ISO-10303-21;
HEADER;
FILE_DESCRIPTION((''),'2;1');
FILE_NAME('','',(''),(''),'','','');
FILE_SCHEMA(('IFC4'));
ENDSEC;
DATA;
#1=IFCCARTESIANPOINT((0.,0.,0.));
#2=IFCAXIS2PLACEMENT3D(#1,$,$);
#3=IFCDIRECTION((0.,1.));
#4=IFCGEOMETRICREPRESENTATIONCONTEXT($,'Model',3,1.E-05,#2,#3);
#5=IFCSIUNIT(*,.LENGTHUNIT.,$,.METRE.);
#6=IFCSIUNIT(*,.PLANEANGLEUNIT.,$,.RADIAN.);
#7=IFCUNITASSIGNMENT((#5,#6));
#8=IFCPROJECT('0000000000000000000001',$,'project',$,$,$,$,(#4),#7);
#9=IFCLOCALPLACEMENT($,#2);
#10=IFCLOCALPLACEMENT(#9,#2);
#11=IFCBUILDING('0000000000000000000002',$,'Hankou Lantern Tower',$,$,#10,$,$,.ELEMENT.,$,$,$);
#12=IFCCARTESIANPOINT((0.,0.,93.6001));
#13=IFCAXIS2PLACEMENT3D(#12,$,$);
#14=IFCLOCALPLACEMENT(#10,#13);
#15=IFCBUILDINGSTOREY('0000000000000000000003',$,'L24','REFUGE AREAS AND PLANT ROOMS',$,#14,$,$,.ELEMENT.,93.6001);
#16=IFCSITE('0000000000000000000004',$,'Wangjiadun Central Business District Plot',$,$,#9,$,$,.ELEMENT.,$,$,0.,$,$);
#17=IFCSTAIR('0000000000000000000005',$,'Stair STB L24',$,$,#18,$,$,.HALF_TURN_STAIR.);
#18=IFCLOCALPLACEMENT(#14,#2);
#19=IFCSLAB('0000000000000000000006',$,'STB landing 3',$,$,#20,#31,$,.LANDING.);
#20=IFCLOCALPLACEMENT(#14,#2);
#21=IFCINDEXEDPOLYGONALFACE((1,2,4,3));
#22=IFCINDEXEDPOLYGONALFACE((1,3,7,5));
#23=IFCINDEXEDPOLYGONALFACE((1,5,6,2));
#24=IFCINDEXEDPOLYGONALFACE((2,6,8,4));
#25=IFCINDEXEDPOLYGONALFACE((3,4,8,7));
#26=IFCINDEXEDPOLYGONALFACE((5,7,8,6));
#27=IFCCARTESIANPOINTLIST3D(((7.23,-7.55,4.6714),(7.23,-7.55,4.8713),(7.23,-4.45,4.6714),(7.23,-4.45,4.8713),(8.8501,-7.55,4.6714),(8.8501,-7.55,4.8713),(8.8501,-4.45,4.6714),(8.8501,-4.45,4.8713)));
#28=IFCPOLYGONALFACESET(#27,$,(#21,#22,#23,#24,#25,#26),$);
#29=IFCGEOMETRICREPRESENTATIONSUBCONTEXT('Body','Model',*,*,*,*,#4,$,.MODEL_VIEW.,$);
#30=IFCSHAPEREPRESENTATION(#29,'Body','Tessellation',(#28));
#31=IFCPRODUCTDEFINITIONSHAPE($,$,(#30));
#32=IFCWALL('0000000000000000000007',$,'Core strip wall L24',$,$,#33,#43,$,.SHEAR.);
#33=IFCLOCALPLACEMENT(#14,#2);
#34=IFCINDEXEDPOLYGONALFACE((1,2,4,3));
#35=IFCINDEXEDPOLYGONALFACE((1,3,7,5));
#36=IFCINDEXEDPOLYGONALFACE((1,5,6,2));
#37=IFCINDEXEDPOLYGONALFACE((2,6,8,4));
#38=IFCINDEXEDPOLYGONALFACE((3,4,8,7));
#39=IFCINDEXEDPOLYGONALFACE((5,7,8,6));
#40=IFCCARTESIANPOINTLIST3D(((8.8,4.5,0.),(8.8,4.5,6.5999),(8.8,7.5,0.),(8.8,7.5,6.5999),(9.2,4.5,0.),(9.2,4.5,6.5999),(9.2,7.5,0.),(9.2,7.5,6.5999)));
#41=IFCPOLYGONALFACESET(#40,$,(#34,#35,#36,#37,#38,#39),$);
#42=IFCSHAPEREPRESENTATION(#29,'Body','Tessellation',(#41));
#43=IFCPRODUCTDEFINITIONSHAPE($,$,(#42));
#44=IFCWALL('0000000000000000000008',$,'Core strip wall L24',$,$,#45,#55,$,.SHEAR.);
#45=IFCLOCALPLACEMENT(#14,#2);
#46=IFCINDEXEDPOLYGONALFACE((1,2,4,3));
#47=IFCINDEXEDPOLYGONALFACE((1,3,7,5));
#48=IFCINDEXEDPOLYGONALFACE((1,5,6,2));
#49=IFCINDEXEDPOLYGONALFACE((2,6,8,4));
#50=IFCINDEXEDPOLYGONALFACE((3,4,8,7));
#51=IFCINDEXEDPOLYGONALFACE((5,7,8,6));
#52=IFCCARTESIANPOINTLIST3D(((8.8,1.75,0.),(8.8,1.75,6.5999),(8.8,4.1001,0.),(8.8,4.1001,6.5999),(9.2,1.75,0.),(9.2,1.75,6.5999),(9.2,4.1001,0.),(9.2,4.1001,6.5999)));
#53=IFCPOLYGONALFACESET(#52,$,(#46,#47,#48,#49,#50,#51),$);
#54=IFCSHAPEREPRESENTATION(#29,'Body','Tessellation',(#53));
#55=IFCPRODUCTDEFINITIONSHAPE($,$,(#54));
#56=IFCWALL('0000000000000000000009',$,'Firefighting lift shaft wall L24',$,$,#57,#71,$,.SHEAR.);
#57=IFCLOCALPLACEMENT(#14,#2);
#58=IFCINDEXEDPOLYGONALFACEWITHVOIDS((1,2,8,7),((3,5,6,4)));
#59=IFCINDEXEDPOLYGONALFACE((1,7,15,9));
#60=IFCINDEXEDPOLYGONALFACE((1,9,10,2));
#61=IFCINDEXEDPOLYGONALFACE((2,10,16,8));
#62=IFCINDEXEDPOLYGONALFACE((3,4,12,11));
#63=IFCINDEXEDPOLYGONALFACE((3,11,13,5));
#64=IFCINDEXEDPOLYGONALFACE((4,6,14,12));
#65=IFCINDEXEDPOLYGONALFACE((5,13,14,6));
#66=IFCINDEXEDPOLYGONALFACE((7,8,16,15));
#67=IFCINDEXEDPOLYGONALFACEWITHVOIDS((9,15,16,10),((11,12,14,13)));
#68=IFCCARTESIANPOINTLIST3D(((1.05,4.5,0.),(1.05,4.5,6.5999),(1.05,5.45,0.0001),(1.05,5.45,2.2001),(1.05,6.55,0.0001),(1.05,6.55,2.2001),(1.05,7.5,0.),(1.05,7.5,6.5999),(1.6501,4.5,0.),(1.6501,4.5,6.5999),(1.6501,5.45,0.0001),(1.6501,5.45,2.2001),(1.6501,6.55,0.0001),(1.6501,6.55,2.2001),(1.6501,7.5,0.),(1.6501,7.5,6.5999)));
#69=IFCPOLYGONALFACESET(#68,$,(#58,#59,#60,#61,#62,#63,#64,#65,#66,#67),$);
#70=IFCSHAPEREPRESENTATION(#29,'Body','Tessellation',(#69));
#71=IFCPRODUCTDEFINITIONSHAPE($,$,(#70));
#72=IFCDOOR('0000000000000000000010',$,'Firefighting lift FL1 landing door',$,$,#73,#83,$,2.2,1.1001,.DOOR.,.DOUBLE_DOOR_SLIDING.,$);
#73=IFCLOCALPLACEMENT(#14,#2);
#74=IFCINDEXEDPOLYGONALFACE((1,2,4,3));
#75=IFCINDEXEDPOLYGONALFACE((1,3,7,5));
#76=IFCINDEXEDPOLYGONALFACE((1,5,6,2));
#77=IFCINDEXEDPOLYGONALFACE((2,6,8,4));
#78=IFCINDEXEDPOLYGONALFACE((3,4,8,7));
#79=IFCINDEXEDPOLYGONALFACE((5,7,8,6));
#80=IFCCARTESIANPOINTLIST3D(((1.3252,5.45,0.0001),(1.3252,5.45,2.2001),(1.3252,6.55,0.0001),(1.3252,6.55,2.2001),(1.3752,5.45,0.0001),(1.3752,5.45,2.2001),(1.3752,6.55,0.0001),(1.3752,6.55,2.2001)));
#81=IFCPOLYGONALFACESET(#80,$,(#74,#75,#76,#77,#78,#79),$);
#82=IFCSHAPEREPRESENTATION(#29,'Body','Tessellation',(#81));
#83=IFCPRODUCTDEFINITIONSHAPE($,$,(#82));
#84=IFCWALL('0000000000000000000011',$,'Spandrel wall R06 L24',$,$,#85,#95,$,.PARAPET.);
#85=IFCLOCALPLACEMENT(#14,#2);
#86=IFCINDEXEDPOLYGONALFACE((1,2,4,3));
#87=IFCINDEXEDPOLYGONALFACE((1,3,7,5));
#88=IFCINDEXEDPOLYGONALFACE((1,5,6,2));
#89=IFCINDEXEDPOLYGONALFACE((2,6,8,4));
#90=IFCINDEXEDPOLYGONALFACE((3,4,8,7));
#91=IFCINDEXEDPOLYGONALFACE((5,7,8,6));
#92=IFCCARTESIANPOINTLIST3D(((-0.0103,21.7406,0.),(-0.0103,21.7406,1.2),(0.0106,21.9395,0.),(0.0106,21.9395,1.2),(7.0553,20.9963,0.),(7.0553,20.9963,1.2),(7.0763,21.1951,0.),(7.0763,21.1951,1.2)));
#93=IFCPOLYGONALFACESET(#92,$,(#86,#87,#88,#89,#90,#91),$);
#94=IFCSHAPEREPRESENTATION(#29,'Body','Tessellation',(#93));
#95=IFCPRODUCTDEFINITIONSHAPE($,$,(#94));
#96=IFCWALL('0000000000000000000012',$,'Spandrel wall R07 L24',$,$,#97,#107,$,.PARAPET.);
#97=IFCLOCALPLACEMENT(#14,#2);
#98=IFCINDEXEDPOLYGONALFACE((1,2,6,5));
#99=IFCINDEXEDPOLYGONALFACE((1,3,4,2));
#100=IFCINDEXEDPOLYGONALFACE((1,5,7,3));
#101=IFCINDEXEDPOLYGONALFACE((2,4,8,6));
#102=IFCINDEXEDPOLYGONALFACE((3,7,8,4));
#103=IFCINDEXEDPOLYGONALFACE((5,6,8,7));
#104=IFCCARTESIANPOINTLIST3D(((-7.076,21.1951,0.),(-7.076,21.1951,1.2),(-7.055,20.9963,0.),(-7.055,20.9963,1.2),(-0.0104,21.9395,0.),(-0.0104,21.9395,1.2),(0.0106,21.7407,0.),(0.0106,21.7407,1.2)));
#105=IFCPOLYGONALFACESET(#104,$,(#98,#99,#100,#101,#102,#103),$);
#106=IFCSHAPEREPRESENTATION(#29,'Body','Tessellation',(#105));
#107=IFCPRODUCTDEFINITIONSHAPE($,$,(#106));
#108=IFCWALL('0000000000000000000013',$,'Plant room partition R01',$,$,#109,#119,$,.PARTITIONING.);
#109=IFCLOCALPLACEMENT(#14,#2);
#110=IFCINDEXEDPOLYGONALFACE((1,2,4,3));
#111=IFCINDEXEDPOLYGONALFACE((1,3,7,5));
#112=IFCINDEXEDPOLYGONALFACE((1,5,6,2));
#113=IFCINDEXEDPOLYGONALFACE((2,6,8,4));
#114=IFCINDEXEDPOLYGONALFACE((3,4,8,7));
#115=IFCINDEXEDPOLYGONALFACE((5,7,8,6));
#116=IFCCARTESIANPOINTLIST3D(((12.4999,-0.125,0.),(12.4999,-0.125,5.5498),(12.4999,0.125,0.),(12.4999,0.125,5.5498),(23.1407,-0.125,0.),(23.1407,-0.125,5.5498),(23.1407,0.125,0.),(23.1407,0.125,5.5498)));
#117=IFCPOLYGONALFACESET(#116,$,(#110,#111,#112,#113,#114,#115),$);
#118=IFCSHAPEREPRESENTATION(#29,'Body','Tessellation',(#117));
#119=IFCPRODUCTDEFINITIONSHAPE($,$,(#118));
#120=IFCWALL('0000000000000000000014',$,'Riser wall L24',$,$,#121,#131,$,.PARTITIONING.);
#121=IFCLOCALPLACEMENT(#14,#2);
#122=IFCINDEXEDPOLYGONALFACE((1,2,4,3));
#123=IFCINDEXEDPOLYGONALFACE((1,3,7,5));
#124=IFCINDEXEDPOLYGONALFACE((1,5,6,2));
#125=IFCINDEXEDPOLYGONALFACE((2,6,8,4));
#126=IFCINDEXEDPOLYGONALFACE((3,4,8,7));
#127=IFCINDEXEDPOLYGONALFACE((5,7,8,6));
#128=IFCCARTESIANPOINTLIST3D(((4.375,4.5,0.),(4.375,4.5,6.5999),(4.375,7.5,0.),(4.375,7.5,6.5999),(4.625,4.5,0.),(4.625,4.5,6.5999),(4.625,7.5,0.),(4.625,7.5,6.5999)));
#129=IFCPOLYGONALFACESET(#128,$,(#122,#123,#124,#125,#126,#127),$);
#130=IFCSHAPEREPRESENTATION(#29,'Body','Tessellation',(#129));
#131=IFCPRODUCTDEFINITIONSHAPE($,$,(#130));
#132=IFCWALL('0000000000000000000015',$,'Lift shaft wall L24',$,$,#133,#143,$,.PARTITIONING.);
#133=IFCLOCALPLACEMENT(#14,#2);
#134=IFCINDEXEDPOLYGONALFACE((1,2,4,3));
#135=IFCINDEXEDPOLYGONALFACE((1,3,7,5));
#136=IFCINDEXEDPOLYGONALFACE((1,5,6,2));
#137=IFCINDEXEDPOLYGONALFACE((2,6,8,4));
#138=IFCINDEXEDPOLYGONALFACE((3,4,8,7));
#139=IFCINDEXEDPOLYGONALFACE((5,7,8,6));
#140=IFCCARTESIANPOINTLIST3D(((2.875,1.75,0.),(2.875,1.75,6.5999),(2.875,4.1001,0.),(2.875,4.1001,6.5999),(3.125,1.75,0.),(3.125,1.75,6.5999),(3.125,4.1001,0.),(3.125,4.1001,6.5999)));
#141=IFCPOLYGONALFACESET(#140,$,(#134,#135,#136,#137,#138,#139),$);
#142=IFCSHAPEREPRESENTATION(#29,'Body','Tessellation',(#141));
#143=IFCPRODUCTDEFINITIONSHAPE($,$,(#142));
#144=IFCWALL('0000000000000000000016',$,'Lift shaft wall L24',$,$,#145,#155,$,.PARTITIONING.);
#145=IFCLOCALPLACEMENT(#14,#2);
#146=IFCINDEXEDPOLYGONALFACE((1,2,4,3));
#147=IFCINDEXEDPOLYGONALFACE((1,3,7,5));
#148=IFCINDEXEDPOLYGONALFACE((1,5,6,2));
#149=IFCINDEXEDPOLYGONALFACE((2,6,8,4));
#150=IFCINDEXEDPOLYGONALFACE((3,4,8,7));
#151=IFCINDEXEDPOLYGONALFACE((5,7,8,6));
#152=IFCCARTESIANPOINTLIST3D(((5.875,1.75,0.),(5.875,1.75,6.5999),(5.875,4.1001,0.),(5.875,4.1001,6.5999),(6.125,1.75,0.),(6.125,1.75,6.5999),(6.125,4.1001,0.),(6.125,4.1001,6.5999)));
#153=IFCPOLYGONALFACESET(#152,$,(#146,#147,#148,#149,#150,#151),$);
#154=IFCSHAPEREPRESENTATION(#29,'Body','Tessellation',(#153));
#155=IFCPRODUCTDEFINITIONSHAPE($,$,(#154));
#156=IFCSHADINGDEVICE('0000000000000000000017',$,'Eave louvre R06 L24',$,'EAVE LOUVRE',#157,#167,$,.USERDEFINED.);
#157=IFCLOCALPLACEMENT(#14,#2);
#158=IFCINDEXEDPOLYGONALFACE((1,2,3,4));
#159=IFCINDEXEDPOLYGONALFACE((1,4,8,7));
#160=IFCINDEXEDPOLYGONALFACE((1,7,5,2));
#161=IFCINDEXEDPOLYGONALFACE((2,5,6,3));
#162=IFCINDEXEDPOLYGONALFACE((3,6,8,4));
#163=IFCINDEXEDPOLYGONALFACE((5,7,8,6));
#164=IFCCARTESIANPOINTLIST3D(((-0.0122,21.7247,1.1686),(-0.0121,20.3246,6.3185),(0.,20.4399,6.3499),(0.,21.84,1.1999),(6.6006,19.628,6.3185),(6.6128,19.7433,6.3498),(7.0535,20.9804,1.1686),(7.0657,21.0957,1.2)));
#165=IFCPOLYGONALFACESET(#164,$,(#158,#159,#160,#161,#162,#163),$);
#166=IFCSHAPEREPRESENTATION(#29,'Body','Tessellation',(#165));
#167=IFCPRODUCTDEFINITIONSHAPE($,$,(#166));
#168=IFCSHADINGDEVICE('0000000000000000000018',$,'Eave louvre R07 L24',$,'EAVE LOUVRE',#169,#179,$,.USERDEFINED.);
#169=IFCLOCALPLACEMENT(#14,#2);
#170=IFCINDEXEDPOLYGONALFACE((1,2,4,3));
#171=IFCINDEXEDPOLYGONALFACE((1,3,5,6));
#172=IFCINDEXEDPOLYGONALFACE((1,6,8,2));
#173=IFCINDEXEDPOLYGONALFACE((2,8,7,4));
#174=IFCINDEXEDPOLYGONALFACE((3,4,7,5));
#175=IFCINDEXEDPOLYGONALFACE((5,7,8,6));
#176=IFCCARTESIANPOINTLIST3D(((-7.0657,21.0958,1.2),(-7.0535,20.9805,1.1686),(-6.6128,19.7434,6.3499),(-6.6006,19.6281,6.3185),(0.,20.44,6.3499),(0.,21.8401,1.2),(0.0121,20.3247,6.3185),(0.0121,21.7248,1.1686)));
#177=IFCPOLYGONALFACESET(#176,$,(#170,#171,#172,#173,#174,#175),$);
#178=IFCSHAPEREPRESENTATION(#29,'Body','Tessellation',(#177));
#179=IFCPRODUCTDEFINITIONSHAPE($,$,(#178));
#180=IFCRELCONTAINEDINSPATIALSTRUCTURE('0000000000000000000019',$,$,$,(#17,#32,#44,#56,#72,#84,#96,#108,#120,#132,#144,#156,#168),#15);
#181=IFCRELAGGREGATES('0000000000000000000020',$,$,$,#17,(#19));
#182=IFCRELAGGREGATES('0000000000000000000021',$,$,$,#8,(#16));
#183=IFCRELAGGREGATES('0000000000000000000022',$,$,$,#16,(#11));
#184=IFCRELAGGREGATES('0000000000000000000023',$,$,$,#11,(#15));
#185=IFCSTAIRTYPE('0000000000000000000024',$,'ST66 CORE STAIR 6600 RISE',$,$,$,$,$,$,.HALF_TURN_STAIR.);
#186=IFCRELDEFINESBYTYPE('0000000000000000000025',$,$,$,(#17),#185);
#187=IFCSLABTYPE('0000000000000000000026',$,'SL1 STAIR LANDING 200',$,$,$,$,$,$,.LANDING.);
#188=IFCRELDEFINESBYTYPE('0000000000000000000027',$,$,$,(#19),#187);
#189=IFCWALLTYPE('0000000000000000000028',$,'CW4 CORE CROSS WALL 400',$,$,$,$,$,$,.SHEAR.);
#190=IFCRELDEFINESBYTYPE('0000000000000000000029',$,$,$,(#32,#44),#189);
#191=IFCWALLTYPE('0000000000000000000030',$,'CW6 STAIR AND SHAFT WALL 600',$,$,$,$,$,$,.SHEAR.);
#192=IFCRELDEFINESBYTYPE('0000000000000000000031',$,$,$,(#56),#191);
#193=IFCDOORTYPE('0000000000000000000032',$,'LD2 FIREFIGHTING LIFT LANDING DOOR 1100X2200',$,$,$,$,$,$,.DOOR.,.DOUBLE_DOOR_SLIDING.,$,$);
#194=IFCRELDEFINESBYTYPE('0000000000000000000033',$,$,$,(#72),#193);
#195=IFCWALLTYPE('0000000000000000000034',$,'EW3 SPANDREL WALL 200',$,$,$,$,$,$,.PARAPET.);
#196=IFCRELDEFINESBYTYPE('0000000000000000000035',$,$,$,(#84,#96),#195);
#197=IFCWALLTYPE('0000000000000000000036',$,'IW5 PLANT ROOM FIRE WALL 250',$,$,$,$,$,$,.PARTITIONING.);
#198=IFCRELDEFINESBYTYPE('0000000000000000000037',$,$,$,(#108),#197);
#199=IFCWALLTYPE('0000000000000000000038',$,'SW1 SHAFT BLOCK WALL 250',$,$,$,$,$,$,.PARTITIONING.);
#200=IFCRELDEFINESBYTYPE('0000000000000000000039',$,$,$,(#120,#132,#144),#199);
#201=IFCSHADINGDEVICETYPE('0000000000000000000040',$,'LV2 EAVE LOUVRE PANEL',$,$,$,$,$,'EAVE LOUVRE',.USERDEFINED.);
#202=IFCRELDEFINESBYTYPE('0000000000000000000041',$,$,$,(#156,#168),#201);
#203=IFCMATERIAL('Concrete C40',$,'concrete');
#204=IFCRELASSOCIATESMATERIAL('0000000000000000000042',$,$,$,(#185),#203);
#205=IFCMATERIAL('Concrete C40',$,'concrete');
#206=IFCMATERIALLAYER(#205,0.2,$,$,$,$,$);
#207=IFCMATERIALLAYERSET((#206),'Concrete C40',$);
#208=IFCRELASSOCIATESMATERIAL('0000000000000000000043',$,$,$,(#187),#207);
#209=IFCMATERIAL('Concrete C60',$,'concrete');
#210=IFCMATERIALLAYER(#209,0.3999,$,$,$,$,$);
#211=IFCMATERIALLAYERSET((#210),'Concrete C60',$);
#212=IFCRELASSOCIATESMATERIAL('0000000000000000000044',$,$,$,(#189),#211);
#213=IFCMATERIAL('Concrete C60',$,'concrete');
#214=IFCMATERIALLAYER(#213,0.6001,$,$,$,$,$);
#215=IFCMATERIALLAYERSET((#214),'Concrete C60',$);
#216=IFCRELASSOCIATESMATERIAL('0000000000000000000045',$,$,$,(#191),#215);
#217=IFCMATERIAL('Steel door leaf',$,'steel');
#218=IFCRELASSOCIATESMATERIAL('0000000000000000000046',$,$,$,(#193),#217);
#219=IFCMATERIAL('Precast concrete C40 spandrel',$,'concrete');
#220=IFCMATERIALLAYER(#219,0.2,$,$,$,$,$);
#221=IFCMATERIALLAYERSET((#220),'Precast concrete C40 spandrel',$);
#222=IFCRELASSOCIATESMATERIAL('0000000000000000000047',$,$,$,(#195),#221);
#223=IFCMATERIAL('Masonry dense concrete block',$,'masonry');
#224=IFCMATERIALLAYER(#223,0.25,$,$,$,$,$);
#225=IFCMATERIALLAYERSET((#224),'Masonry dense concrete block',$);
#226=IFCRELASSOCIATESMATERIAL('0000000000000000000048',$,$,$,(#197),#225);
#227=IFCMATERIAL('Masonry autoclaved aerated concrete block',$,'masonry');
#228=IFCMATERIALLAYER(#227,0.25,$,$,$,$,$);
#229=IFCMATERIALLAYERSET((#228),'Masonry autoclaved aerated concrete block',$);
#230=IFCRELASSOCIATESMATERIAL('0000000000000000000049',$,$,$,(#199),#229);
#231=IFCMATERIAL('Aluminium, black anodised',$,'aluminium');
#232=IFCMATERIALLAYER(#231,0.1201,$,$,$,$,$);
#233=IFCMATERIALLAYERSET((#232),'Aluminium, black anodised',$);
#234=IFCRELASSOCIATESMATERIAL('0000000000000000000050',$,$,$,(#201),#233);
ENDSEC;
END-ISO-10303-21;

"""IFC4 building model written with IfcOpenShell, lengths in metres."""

from ifc_helpers import new_model, si_unit, direction, frame, frame_2d, origin, place, context, subcontext, project, spatial, polyline, rectangle, outline, extrude, material, layer, layer_set, type_object, element, fill, aggregate, save


model = new_model("IFC4")

# Units and contexts
model_context = context("Model", 3, precision=1e-05, world=origin(), true_north=direction((0.0, 1.0)))
body_context = subcontext(model_context, "Body", "Model", "MODEL_VIEW")
ifc_project = project(units=[si_unit("LENGTHUNIT", "METRE"), si_unit("PLANEANGLEUNIT", "RADIAN")], contexts=[model_context])

# Site, building, storey
site_placement = place(None, origin())
site = spatial("IfcSite", under=ifc_project, at=site_placement, Name="Wangjiadun Central Business District Plot", CompositionType="ELEMENT", RefElevation=0.0)
building_placement = place(site_placement, origin())
building = spatial("IfcBuilding", under=site, at=building_placement, Name="Hankou Lantern Tower", CompositionType="ELEMENT")
storey_placement = place(building_placement, frame((0.0, 0.0, 93.6001)))
storey = spatial("IfcBuildingStorey", under=building, at=storey_placement, Name="L24", Description="REFUGE AREAS AND PLANT ROOMS", CompositionType="ELEMENT", Elevation=93.6001)

# Stair, slab
ifc_material_1 = material(Name="Concrete C40", Category="concrete")
stair_type = type_object("IfcStairType", Name="ST66 CORE STAIR 6600 RISE", PredefinedType="HALF_TURN_STAIR", material=ifc_material_1)
stair_placement = place(storey_placement, origin())
stair = element("IfcStair", 1, at=stair_placement, inside=storey, type_object=stair_type, Name="Stair STB L24", PredefinedType="HALF_TURN_STAIR")
ifc_material_2 = material(Name="Concrete C40", Category="concrete")
ifc_layer_1 = layer(ifc_material_2, 0.2)
ifc_layer_set_1 = layer_set([ifc_layer_1], Name="Concrete C40")
slab_type = type_object("IfcSlabType", Name="SL1 STAIR LANDING 200", PredefinedType="LANDING", material=ifc_layer_set_1)
slab_1_placement = place(storey_placement, frame((0.0, 0.0, 4.6714)))
slab_1 = element("IfcSlab", 2, at=slab_1_placement, type_object=slab_type, Name="STB landing 3", PredefinedType="LANDING", context=body_context, shape_type="SweptSolid", body=[
    extrude(outline(polyline([(8.8501, -4.45), (7.23, -4.45), (7.23, -7.55), (8.8501, -7.55), (8.8501, -4.45)])), origin(), (0.0, 0.0, 1.0), 0.2),
])
aggregate(stair, [slab_1])

# Walls
ifc_material_3 = material(Name="Concrete C60", Category="concrete")
ifc_layer_2 = layer(ifc_material_3, 0.3999)
ifc_layer_set_2 = layer_set([ifc_layer_2], Name="Concrete C60")
wall_type_1 = type_object("IfcWallType", Name="CW4 CORE CROSS WALL 400", PredefinedType="SHEAR", material=ifc_layer_set_2)
wall_1_placement = place(storey_placement, frame((9.0, 4.5, 0.0), z_axis=(0.0, 0.0, 1.0), x_axis=(0.0, 1.0, 0.0)))
element("IfcWall", 3, at=wall_1_placement, inside=storey, type_object=wall_type_1, Name="Core strip wall L24", PredefinedType="SHEAR", context=body_context, shape_type="SweptSolid", body=[
    extrude(rectangle(XDim=3.0, YDim=0.3999, at=frame_2d((1.5, 0.0))), origin(), (0.0, 0.0, 1.0), 6.5999),
])
wall_2_placement = place(storey_placement, frame((9.0, 1.75, 0.0), z_axis=(0.0, 0.0, 1.0), x_axis=(0.0, 1.0, 0.0)))
element("IfcWall", 4, at=wall_2_placement, inside=storey, type_object=wall_type_1, Name="Core strip wall L24", PredefinedType="SHEAR", context=body_context, shape_type="SweptSolid", body=[
    extrude(rectangle(XDim=2.3501, YDim=0.3999, at=frame_2d((1.175, 0.0))), origin(), (0.0, 0.0, 1.0), 6.5999),
])

# Wall, opening, door
ifc_material_4 = material(Name="Concrete C60", Category="concrete")
ifc_layer_3 = layer(ifc_material_4, 0.6001)
ifc_layer_set_3 = layer_set([ifc_layer_3], Name="Concrete C60")
wall_type_2 = type_object("IfcWallType", Name="CW6 STAIR AND SHAFT WALL 600", PredefinedType="SHEAR", material=ifc_layer_set_3)
wall_3_placement = place(storey_placement, frame((1.3501, 4.5, 0.0), z_axis=(0.0, 0.0, 1.0), x_axis=(0.0, 1.0, 0.0)))
wall_3 = element("IfcWall", 5, at=wall_3_placement, inside=storey, type_object=wall_type_2, Name="Firefighting lift shaft wall L24", PredefinedType="SHEAR", context=body_context, shape_type="SweptSolid", body=[
    extrude(rectangle(XDim=3.0, YDim=0.6001, at=frame_2d((1.5, 0.0))), origin(), (0.0, 0.0, 1.0), 6.5999),
])
opening_placement = place(wall_3_placement, frame((0.95, 0.0, 0.0)))
opening = element("IfcOpeningElement", 6, at=opening_placement, cuts=wall_3, PredefinedType="OPENING", context=body_context, shape_type="SweptSolid", body=[
    extrude(rectangle(XDim=1.1001, YDim=2.2, at=frame_2d((0.55, 1.1001))), frame((0.0, 0.3101, 0.0), z_axis=(0.0, -1.0, 0.0), x_axis=(1.0, 0.0, 0.0)), (0.0, 0.0, 1.0), 0.6201),
])
ifc_material_5 = material(Name="Steel door leaf", Category="steel")
door_type = type_object("IfcDoorType", Name="LD2 FIREFIGHTING LIFT LANDING DOOR 1100X2200", OperationType="DOUBLE_DOOR_SLIDING", PredefinedType="DOOR", material=ifc_material_5)
door_placement = place(opening_placement, origin())
door = element("IfcDoor", 7, at=door_placement, inside=storey, type_object=door_type, Name="Firefighting lift FL1 landing door", OperationType="DOUBLE_DOOR_SLIDING", OverallHeight=2.2, OverallWidth=1.1001, PredefinedType="DOOR", context=body_context, shape_type="SweptSolid", body=[
    extrude(rectangle(XDim=1.1001, YDim=2.2, at=frame_2d((0.55, 1.1001))), frame((0.0, 0.0249, 0.0), z_axis=(0.0, -1.0, 0.0), x_axis=(1.0, 0.0, 0.0)), (0.0, 0.0, 1.0), 0.05),
])
fill(opening, door)

# Walls
ifc_material_6 = material(Name="Precast concrete C40 spandrel", Category="concrete")
ifc_layer_4 = layer(ifc_material_6, 0.2)
ifc_layer_set_4 = layer_set([ifc_layer_4], Name="Precast concrete C40 spandrel")
wall_type_3 = type_object("IfcWallType", Name="EW3 SPANDREL WALL 200", PredefinedType="PARAPET", material=ifc_layer_set_4)
for number, where, z_axis, x_axis, name in (
    (8, (7.0657, 21.0957, 0.0), (0.0, 0.0, 1.0), (-0.994496, 0.104772, 0.0), "Spandrel wall R06 L24"),
    (9, (0.0, 21.8401, 0.0), (0.0, 0.0, 1.0), (-0.994496, -0.104772, 0.0), "Spandrel wall R07 L24"),
):
    element("IfcWall", number, at=place(storey_placement, frame(where, z_axis=z_axis, x_axis=x_axis)), inside=storey, type_object=wall_type_3, Name=name, PredefinedType="PARAPET", context=body_context, shape_type="SweptSolid", body=[
        extrude(rectangle(XDim=7.1047, YDim=0.2, at=frame_2d((3.5522, 0.0))), origin(), (0.0, 0.0, 1.0), 1.2),
    ])
ifc_material_7 = material(Name="Masonry dense concrete block", Category="masonry")
ifc_layer_5 = layer(ifc_material_7, 0.25)
ifc_layer_set_5 = layer_set([ifc_layer_5], Name="Masonry dense concrete block")
wall_type_4 = type_object("IfcWallType", Name="IW5 PLANT ROOM FIRE WALL 250", PredefinedType="PARTITIONING", material=ifc_layer_set_5)
wall_4_placement = place(storey_placement, frame((12.5, 0.0, 0.0), z_axis=(0.0, 0.0, 1.0), x_axis=(1.0, 0.0, 0.0)))
element("IfcWall", 10, at=wall_4_placement, inside=storey, type_object=wall_type_4, Name="Plant room partition R01", PredefinedType="PARTITIONING", context=body_context, shape_type="SweptSolid", body=[
    extrude(rectangle(XDim=10.6409, YDim=0.25, at=frame_2d((5.3203, 0.0))), origin(), (0.0, 0.0, 1.0), 5.5498),
])
ifc_material_8 = material(Name="Masonry autoclaved aerated concrete block", Category="masonry")
ifc_layer_6 = layer(ifc_material_8, 0.25)
ifc_layer_set_6 = layer_set([ifc_layer_6], Name="Masonry autoclaved aerated concrete block")
wall_type_5 = type_object("IfcWallType", Name="SW1 SHAFT BLOCK WALL 250", PredefinedType="PARTITIONING", material=ifc_layer_set_6)
wall_5_placement = place(storey_placement, frame((4.5, 4.5, 0.0), z_axis=(0.0, 0.0, 1.0), x_axis=(0.0, 1.0, 0.0)))
element("IfcWall", 11, at=wall_5_placement, inside=storey, type_object=wall_type_5, Name="Riser wall L24", PredefinedType="PARTITIONING", context=body_context, shape_type="SweptSolid", body=[
    extrude(rectangle(XDim=3.0, YDim=0.25, at=frame_2d((1.5, 0.0))), origin(), (0.0, 0.0, 1.0), 6.5999),
])
for number, where, z_axis, x_axis, name in (
    (12, (3.0, 1.75, 0.0), (0.0, 0.0, 1.0), (0.0, 1.0, 0.0), "Lift shaft wall L24"),
    (13, (6.0, 1.75, 0.0), (0.0, 0.0, 1.0), (0.0, 1.0, 0.0), "Lift shaft wall L24"),
):
    element("IfcWall", number, at=place(storey_placement, frame(where, z_axis=z_axis, x_axis=x_axis)), inside=storey, type_object=wall_type_5, Name=name, PredefinedType="PARTITIONING", context=body_context, shape_type="SweptSolid", body=[
        extrude(rectangle(XDim=2.3501, YDim=0.25, at=frame_2d((1.175, 0.0))), origin(), (0.0, 0.0, 1.0), 6.5999),
    ])

# Shading devices
ifc_material_9 = material(Name="Aluminium, black anodised", Category="aluminium")
ifc_layer_7 = layer(ifc_material_9, 0.1201)
ifc_layer_set_7 = layer_set([ifc_layer_7], Name="Aluminium, black anodised")
shading_device_type = type_object("IfcShadingDeviceType", Name="LV2 EAVE LOUVRE PANEL", ElementType="EAVE LOUVRE", PredefinedType="USERDEFINED", material=ifc_layer_set_7)
shading_device_1_placement = place(storey_placement, frame((7.0657, 21.0957, 1.2), z_axis=(0.101131, 0.960028, 0.260997), x_axis=(-0.994497, 0.104763, -0.000003)))
element("IfcShadingDevice", 14, at=shading_device_1_placement, inside=storey, type_object=shading_device_type, Name="Eave louvre R06 L24", ObjectType="EAVE LOUVRE", PredefinedType="USERDEFINED", context=body_context, shape_type="SweptSolid", body=[
    extrude(outline(polyline([(0.0, 0.0), (7.1048, 0.0), (6.9581, 5.3348), (0.3087, 5.3348), (0.0, 0.0)])), origin(), (0.0, 0.0, -1.0), 0.1201),
])
shading_device_2_placement = place(storey_placement, frame((0.0, 21.8401, 1.2), z_axis=(-0.101131, 0.960028, 0.260997), x_axis=(-0.994497, -0.104763, 0.000003)))
element("IfcShadingDevice", 15, at=shading_device_2_placement, inside=storey, type_object=shading_device_type, Name="Eave louvre R07 L24", ObjectType="EAVE LOUVRE", PredefinedType="USERDEFINED", context=body_context, shape_type="SweptSolid", body=[
    extrude(outline(polyline([(0.0, 0.0), (7.1048, 0.0), (6.7961, 5.3348), (0.1467, 5.3348), (0.0, 0.0)])), origin(), (0.0, 0.0, -1.0), 0.1201),
])

save(model, "model.ifc")
